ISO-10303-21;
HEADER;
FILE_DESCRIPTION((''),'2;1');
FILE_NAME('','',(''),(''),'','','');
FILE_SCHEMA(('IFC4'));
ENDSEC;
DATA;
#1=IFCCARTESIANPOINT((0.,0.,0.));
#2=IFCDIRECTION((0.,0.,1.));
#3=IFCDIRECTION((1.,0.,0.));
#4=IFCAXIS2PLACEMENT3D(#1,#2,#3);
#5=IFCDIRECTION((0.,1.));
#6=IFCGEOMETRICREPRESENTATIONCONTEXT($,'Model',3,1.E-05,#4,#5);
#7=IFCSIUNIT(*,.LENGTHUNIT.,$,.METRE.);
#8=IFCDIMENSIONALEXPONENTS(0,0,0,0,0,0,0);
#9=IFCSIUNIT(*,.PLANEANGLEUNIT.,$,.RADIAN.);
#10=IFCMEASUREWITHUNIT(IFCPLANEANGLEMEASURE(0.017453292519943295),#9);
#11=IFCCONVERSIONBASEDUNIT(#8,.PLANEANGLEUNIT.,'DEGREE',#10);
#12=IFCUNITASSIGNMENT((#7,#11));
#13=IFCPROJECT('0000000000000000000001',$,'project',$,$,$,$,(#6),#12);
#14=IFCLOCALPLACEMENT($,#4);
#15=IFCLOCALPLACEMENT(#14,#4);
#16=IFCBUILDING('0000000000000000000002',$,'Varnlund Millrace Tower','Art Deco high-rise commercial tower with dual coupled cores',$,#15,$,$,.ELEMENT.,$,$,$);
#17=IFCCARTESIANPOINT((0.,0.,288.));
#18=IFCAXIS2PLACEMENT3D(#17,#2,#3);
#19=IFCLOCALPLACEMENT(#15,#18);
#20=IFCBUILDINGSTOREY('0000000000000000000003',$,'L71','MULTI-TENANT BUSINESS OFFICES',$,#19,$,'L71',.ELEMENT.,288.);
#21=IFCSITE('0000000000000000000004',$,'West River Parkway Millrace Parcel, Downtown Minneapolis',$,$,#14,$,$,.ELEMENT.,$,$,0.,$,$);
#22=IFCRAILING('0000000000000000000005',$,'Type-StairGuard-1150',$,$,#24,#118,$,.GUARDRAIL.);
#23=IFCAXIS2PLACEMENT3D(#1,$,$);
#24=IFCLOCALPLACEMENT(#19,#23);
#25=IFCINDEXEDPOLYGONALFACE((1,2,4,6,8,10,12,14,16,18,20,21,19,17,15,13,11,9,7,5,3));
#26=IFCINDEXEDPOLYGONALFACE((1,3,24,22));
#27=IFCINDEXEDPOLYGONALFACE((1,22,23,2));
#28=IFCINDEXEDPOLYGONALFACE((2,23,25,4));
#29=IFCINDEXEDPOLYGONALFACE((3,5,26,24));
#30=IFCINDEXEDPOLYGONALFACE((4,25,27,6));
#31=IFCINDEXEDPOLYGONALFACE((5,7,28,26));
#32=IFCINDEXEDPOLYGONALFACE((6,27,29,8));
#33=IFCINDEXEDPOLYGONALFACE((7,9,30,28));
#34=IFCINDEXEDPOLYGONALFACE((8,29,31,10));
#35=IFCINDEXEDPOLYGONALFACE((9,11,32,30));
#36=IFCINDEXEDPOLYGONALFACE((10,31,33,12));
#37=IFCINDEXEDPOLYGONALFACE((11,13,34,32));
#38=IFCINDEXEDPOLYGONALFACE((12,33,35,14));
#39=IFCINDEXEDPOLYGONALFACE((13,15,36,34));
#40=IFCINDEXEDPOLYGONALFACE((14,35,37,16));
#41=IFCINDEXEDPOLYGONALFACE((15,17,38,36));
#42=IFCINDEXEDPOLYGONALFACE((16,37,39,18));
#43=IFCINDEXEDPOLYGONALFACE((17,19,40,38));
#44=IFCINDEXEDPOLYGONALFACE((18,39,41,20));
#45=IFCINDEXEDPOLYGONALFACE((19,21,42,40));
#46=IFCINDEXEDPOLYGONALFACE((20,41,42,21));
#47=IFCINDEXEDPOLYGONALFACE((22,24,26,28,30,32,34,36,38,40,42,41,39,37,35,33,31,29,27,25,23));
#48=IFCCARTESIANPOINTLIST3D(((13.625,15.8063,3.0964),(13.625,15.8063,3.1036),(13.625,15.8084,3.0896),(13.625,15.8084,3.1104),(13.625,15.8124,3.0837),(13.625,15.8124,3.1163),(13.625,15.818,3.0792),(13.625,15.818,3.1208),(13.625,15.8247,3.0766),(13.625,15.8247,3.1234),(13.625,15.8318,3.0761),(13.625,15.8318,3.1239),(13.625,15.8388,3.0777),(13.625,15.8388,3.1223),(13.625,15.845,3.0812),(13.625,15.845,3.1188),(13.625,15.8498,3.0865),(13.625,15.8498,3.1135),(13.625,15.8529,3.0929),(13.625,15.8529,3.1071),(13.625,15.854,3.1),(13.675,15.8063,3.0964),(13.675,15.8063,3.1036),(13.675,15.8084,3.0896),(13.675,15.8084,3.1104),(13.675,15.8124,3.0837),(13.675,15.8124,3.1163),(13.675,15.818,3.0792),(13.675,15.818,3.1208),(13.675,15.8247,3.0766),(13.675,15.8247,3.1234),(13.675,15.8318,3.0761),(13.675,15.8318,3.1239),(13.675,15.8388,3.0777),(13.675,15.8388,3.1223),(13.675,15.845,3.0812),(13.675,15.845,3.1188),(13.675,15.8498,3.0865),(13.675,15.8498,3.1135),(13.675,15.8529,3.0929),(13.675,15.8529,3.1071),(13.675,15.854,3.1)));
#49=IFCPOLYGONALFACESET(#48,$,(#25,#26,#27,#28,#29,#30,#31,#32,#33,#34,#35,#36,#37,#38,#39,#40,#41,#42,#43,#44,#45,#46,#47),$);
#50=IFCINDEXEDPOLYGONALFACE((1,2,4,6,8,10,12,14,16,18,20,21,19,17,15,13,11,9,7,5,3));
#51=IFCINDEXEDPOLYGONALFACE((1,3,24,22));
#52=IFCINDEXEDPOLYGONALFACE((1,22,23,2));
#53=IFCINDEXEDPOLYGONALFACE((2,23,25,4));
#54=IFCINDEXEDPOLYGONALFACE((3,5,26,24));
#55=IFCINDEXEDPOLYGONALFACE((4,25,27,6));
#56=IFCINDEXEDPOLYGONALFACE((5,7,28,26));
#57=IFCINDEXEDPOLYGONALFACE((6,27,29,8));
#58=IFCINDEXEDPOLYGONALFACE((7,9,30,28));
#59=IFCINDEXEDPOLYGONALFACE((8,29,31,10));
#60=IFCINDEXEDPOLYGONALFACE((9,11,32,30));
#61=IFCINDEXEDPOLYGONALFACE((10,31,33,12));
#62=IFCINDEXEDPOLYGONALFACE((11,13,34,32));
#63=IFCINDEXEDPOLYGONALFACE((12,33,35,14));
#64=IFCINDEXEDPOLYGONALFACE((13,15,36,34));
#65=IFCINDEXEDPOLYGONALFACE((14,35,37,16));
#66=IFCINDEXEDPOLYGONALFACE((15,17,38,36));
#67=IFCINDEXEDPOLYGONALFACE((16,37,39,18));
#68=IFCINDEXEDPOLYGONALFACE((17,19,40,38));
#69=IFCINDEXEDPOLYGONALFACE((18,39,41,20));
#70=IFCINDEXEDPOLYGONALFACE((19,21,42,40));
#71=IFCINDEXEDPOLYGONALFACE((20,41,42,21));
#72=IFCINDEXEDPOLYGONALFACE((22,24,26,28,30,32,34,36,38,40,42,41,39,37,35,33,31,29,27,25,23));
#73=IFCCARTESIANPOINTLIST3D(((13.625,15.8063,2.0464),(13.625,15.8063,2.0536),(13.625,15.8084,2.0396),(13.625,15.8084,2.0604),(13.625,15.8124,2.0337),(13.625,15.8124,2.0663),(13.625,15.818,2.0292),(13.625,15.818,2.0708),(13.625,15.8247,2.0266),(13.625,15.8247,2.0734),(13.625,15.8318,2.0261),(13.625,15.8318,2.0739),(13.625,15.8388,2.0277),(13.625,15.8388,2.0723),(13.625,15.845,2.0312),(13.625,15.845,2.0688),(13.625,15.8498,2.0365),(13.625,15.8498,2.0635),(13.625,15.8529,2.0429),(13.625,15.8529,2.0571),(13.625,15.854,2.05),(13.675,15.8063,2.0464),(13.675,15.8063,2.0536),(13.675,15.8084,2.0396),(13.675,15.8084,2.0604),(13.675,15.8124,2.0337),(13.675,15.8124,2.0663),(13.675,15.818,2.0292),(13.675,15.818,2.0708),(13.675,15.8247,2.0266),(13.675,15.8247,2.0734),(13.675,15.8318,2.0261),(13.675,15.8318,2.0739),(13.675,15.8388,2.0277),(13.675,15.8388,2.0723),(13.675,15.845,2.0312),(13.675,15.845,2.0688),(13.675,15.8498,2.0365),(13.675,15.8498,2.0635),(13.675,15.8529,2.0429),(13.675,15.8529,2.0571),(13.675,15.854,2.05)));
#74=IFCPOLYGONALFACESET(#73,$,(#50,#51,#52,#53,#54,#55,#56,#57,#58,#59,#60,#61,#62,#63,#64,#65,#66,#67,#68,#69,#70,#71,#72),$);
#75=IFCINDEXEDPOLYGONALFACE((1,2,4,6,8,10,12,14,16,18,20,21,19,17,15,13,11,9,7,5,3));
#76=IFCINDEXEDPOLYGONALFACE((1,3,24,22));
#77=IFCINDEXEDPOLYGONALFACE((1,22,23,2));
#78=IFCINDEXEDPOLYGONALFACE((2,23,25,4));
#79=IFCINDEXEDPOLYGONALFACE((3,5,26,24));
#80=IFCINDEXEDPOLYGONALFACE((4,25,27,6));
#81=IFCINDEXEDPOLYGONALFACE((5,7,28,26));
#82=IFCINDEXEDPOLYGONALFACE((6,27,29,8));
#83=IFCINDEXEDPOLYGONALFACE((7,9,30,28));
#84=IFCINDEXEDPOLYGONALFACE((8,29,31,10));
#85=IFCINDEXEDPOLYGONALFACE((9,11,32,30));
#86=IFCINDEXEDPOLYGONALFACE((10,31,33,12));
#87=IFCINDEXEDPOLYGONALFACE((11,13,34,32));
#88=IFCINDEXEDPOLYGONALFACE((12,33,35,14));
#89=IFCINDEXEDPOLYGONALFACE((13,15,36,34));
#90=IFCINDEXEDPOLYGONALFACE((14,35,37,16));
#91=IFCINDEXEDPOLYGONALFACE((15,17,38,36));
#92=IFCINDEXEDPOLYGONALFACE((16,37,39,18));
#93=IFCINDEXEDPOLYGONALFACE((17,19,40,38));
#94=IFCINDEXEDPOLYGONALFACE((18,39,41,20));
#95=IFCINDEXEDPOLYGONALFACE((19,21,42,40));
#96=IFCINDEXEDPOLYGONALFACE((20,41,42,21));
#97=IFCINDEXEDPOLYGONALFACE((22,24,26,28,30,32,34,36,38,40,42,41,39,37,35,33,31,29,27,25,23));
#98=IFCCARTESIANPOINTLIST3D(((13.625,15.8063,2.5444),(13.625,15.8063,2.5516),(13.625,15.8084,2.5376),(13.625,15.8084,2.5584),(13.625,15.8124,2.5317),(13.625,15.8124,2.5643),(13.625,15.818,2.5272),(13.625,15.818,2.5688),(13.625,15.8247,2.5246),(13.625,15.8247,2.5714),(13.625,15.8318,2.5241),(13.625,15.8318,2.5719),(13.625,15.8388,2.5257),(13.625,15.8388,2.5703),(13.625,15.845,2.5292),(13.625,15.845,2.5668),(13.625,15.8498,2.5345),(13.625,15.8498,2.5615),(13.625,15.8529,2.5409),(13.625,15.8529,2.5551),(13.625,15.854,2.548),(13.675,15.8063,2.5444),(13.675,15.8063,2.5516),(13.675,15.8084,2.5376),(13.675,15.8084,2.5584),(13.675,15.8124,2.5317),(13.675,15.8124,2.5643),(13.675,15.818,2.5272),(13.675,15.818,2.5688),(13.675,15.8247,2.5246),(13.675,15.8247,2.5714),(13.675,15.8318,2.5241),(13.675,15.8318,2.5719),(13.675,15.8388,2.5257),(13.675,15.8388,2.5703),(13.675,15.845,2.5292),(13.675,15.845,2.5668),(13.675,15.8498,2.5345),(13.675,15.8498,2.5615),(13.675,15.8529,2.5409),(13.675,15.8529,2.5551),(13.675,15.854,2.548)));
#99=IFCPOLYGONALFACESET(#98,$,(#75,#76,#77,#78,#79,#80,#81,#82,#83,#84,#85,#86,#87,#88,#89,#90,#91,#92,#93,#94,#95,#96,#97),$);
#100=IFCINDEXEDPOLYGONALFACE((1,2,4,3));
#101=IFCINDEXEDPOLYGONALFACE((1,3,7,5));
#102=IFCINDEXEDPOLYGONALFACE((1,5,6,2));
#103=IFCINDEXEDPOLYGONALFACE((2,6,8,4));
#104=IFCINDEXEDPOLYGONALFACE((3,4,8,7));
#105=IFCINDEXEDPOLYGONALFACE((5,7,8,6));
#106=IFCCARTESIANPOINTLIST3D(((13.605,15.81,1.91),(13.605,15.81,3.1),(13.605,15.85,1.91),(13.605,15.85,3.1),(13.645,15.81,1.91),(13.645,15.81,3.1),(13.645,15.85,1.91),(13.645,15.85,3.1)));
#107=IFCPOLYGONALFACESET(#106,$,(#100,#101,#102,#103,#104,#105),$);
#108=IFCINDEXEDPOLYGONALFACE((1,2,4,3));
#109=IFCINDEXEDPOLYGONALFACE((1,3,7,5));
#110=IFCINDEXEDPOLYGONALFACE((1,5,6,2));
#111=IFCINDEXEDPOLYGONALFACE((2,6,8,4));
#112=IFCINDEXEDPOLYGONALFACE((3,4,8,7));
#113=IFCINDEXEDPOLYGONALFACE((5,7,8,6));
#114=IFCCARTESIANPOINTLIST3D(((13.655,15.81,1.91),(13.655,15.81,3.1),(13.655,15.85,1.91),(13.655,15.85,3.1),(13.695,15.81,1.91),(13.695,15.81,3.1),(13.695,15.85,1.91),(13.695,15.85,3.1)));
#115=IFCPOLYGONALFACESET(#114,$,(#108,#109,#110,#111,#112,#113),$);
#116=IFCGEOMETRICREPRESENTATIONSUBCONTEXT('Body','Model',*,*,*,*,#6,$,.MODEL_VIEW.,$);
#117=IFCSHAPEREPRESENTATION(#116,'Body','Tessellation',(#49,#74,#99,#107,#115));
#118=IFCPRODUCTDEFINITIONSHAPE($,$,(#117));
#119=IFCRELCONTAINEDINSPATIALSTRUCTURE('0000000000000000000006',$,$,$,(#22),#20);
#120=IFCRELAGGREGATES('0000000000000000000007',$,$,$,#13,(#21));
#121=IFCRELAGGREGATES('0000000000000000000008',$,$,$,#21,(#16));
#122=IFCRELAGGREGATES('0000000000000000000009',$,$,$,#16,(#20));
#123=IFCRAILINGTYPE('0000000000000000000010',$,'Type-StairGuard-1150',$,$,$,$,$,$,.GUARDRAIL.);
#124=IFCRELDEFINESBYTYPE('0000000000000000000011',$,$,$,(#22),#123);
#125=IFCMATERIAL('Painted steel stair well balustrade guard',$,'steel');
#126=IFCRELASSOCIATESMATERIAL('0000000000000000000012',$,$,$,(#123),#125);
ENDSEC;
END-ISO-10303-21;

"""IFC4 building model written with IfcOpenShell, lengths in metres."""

from ifc_helpers import new_model, entity, si_unit, converted_unit, direction, frame, origin_with_axes, origin_2d_with_axis, place, context, subcontext, project, spatial, rectangle, circle, extrude, material, type_object, element, save


model = new_model("IFC4")

# Units and contexts
model_context = context("Model", 3, precision=1e-05, world=origin_with_axes(), true_north=direction((0.0, 1.0)))
body_context = subcontext(model_context, "Body", "Model", "MODEL_VIEW")
ifc_project = project(units=[si_unit("LENGTHUNIT", "METRE"), converted_unit("PLANEANGLEUNIT", "DEGREE", entity("IfcPlaneAngleMeasure", 0.017453292519943295), si_unit("PLANEANGLEUNIT", "RADIAN"), dimensions=[0, 0, 0, 0, 0, 0, 0])], contexts=[model_context])

# Site, building, storey
site_placement = place(None, origin_with_axes())
site = spatial("IfcSite", under=ifc_project, at=site_placement, Name="West River Parkway Millrace Parcel, Downtown Minneapolis", CompositionType="ELEMENT", RefElevation=0.0)
building_placement = place(site_placement, origin_with_axes())
building = spatial("IfcBuilding", under=site, at=building_placement, Name="Varnlund Millrace Tower", Description="Art Deco high-rise commercial tower with dual coupled cores", CompositionType="ELEMENT")
storey_placement = place(building_placement, frame((0.0, 0.0, 288.0), z_axis=(0.0, 0.0, 1.0), x_axis=(1.0, 0.0, 0.0)))
storey = spatial("IfcBuildingStorey", under=building, at=storey_placement, Name="L71", Description="MULTI-TENANT BUSINESS OFFICES", LongName="L71", CompositionType="ELEMENT", Elevation=288.0)

# Railing
ifc_material_1 = material(Name="Painted steel stair well balustrade guard", Category="steel")
railing_type_1 = type_object("IfcRailingType", Name="Type-StairGuard-1150", PredefinedType="GUARDRAIL", material=ifc_material_1)
railing_1_placement = place(storey_placement, frame((0.0, 0.0, -288.0), z_axis=(0.0, 0.0, 1.0), x_axis=(1.0, 0.0, 0.0)))
element("IfcRailing", 1, at=railing_1_placement, inside=storey, type_object=railing_type_1, Name="Type-StairGuard-1150", PredefinedType="GUARDRAIL", context=body_context, shape_type="SweptSolid", body=[
    extrude(circle(Radius=0.024, at=origin_2d_with_axis()), frame((13.625, 15.83, 291.1), z_axis=(1.0, 0.0, 0.0), x_axis=(0.0, 1.0, 0.0)), (0.0, 0.0, 1.0), 0.05),
    extrude(circle(Radius=0.024, at=origin_2d_with_axis()), frame((13.625, 15.83, 290.05), z_axis=(1.0, 0.0, 0.0), x_axis=(0.0, 1.0, 0.0)), (0.0, 0.0, 1.0), 0.05),
    extrude(circle(Radius=0.024, at=origin_2d_with_axis()), frame((13.625, 15.83, 290.548), z_axis=(1.0, 0.0, 0.0), x_axis=(0.0, 1.0, 0.0)), (0.0, 0.0, 1.0), 0.05),
    extrude(rectangle(XDim=0.04, YDim=0.04, at=origin_2d_with_axis()), frame((13.625, 15.83, 289.91), z_axis=(0.0, 0.0, 1.0), x_axis=(1.0, 0.0, 0.0)), (0.0, 0.0, 1.0), 1.19),
    extrude(rectangle(XDim=0.04, YDim=0.04, at=origin_2d_with_axis()), frame((13.675, 15.83, 289.91), z_axis=(0.0, 0.0, 1.0), x_axis=(1.0, 0.0, 0.0)), (0.0, 0.0, 1.0), 1.19),
])

save(model, "model.ifc")
